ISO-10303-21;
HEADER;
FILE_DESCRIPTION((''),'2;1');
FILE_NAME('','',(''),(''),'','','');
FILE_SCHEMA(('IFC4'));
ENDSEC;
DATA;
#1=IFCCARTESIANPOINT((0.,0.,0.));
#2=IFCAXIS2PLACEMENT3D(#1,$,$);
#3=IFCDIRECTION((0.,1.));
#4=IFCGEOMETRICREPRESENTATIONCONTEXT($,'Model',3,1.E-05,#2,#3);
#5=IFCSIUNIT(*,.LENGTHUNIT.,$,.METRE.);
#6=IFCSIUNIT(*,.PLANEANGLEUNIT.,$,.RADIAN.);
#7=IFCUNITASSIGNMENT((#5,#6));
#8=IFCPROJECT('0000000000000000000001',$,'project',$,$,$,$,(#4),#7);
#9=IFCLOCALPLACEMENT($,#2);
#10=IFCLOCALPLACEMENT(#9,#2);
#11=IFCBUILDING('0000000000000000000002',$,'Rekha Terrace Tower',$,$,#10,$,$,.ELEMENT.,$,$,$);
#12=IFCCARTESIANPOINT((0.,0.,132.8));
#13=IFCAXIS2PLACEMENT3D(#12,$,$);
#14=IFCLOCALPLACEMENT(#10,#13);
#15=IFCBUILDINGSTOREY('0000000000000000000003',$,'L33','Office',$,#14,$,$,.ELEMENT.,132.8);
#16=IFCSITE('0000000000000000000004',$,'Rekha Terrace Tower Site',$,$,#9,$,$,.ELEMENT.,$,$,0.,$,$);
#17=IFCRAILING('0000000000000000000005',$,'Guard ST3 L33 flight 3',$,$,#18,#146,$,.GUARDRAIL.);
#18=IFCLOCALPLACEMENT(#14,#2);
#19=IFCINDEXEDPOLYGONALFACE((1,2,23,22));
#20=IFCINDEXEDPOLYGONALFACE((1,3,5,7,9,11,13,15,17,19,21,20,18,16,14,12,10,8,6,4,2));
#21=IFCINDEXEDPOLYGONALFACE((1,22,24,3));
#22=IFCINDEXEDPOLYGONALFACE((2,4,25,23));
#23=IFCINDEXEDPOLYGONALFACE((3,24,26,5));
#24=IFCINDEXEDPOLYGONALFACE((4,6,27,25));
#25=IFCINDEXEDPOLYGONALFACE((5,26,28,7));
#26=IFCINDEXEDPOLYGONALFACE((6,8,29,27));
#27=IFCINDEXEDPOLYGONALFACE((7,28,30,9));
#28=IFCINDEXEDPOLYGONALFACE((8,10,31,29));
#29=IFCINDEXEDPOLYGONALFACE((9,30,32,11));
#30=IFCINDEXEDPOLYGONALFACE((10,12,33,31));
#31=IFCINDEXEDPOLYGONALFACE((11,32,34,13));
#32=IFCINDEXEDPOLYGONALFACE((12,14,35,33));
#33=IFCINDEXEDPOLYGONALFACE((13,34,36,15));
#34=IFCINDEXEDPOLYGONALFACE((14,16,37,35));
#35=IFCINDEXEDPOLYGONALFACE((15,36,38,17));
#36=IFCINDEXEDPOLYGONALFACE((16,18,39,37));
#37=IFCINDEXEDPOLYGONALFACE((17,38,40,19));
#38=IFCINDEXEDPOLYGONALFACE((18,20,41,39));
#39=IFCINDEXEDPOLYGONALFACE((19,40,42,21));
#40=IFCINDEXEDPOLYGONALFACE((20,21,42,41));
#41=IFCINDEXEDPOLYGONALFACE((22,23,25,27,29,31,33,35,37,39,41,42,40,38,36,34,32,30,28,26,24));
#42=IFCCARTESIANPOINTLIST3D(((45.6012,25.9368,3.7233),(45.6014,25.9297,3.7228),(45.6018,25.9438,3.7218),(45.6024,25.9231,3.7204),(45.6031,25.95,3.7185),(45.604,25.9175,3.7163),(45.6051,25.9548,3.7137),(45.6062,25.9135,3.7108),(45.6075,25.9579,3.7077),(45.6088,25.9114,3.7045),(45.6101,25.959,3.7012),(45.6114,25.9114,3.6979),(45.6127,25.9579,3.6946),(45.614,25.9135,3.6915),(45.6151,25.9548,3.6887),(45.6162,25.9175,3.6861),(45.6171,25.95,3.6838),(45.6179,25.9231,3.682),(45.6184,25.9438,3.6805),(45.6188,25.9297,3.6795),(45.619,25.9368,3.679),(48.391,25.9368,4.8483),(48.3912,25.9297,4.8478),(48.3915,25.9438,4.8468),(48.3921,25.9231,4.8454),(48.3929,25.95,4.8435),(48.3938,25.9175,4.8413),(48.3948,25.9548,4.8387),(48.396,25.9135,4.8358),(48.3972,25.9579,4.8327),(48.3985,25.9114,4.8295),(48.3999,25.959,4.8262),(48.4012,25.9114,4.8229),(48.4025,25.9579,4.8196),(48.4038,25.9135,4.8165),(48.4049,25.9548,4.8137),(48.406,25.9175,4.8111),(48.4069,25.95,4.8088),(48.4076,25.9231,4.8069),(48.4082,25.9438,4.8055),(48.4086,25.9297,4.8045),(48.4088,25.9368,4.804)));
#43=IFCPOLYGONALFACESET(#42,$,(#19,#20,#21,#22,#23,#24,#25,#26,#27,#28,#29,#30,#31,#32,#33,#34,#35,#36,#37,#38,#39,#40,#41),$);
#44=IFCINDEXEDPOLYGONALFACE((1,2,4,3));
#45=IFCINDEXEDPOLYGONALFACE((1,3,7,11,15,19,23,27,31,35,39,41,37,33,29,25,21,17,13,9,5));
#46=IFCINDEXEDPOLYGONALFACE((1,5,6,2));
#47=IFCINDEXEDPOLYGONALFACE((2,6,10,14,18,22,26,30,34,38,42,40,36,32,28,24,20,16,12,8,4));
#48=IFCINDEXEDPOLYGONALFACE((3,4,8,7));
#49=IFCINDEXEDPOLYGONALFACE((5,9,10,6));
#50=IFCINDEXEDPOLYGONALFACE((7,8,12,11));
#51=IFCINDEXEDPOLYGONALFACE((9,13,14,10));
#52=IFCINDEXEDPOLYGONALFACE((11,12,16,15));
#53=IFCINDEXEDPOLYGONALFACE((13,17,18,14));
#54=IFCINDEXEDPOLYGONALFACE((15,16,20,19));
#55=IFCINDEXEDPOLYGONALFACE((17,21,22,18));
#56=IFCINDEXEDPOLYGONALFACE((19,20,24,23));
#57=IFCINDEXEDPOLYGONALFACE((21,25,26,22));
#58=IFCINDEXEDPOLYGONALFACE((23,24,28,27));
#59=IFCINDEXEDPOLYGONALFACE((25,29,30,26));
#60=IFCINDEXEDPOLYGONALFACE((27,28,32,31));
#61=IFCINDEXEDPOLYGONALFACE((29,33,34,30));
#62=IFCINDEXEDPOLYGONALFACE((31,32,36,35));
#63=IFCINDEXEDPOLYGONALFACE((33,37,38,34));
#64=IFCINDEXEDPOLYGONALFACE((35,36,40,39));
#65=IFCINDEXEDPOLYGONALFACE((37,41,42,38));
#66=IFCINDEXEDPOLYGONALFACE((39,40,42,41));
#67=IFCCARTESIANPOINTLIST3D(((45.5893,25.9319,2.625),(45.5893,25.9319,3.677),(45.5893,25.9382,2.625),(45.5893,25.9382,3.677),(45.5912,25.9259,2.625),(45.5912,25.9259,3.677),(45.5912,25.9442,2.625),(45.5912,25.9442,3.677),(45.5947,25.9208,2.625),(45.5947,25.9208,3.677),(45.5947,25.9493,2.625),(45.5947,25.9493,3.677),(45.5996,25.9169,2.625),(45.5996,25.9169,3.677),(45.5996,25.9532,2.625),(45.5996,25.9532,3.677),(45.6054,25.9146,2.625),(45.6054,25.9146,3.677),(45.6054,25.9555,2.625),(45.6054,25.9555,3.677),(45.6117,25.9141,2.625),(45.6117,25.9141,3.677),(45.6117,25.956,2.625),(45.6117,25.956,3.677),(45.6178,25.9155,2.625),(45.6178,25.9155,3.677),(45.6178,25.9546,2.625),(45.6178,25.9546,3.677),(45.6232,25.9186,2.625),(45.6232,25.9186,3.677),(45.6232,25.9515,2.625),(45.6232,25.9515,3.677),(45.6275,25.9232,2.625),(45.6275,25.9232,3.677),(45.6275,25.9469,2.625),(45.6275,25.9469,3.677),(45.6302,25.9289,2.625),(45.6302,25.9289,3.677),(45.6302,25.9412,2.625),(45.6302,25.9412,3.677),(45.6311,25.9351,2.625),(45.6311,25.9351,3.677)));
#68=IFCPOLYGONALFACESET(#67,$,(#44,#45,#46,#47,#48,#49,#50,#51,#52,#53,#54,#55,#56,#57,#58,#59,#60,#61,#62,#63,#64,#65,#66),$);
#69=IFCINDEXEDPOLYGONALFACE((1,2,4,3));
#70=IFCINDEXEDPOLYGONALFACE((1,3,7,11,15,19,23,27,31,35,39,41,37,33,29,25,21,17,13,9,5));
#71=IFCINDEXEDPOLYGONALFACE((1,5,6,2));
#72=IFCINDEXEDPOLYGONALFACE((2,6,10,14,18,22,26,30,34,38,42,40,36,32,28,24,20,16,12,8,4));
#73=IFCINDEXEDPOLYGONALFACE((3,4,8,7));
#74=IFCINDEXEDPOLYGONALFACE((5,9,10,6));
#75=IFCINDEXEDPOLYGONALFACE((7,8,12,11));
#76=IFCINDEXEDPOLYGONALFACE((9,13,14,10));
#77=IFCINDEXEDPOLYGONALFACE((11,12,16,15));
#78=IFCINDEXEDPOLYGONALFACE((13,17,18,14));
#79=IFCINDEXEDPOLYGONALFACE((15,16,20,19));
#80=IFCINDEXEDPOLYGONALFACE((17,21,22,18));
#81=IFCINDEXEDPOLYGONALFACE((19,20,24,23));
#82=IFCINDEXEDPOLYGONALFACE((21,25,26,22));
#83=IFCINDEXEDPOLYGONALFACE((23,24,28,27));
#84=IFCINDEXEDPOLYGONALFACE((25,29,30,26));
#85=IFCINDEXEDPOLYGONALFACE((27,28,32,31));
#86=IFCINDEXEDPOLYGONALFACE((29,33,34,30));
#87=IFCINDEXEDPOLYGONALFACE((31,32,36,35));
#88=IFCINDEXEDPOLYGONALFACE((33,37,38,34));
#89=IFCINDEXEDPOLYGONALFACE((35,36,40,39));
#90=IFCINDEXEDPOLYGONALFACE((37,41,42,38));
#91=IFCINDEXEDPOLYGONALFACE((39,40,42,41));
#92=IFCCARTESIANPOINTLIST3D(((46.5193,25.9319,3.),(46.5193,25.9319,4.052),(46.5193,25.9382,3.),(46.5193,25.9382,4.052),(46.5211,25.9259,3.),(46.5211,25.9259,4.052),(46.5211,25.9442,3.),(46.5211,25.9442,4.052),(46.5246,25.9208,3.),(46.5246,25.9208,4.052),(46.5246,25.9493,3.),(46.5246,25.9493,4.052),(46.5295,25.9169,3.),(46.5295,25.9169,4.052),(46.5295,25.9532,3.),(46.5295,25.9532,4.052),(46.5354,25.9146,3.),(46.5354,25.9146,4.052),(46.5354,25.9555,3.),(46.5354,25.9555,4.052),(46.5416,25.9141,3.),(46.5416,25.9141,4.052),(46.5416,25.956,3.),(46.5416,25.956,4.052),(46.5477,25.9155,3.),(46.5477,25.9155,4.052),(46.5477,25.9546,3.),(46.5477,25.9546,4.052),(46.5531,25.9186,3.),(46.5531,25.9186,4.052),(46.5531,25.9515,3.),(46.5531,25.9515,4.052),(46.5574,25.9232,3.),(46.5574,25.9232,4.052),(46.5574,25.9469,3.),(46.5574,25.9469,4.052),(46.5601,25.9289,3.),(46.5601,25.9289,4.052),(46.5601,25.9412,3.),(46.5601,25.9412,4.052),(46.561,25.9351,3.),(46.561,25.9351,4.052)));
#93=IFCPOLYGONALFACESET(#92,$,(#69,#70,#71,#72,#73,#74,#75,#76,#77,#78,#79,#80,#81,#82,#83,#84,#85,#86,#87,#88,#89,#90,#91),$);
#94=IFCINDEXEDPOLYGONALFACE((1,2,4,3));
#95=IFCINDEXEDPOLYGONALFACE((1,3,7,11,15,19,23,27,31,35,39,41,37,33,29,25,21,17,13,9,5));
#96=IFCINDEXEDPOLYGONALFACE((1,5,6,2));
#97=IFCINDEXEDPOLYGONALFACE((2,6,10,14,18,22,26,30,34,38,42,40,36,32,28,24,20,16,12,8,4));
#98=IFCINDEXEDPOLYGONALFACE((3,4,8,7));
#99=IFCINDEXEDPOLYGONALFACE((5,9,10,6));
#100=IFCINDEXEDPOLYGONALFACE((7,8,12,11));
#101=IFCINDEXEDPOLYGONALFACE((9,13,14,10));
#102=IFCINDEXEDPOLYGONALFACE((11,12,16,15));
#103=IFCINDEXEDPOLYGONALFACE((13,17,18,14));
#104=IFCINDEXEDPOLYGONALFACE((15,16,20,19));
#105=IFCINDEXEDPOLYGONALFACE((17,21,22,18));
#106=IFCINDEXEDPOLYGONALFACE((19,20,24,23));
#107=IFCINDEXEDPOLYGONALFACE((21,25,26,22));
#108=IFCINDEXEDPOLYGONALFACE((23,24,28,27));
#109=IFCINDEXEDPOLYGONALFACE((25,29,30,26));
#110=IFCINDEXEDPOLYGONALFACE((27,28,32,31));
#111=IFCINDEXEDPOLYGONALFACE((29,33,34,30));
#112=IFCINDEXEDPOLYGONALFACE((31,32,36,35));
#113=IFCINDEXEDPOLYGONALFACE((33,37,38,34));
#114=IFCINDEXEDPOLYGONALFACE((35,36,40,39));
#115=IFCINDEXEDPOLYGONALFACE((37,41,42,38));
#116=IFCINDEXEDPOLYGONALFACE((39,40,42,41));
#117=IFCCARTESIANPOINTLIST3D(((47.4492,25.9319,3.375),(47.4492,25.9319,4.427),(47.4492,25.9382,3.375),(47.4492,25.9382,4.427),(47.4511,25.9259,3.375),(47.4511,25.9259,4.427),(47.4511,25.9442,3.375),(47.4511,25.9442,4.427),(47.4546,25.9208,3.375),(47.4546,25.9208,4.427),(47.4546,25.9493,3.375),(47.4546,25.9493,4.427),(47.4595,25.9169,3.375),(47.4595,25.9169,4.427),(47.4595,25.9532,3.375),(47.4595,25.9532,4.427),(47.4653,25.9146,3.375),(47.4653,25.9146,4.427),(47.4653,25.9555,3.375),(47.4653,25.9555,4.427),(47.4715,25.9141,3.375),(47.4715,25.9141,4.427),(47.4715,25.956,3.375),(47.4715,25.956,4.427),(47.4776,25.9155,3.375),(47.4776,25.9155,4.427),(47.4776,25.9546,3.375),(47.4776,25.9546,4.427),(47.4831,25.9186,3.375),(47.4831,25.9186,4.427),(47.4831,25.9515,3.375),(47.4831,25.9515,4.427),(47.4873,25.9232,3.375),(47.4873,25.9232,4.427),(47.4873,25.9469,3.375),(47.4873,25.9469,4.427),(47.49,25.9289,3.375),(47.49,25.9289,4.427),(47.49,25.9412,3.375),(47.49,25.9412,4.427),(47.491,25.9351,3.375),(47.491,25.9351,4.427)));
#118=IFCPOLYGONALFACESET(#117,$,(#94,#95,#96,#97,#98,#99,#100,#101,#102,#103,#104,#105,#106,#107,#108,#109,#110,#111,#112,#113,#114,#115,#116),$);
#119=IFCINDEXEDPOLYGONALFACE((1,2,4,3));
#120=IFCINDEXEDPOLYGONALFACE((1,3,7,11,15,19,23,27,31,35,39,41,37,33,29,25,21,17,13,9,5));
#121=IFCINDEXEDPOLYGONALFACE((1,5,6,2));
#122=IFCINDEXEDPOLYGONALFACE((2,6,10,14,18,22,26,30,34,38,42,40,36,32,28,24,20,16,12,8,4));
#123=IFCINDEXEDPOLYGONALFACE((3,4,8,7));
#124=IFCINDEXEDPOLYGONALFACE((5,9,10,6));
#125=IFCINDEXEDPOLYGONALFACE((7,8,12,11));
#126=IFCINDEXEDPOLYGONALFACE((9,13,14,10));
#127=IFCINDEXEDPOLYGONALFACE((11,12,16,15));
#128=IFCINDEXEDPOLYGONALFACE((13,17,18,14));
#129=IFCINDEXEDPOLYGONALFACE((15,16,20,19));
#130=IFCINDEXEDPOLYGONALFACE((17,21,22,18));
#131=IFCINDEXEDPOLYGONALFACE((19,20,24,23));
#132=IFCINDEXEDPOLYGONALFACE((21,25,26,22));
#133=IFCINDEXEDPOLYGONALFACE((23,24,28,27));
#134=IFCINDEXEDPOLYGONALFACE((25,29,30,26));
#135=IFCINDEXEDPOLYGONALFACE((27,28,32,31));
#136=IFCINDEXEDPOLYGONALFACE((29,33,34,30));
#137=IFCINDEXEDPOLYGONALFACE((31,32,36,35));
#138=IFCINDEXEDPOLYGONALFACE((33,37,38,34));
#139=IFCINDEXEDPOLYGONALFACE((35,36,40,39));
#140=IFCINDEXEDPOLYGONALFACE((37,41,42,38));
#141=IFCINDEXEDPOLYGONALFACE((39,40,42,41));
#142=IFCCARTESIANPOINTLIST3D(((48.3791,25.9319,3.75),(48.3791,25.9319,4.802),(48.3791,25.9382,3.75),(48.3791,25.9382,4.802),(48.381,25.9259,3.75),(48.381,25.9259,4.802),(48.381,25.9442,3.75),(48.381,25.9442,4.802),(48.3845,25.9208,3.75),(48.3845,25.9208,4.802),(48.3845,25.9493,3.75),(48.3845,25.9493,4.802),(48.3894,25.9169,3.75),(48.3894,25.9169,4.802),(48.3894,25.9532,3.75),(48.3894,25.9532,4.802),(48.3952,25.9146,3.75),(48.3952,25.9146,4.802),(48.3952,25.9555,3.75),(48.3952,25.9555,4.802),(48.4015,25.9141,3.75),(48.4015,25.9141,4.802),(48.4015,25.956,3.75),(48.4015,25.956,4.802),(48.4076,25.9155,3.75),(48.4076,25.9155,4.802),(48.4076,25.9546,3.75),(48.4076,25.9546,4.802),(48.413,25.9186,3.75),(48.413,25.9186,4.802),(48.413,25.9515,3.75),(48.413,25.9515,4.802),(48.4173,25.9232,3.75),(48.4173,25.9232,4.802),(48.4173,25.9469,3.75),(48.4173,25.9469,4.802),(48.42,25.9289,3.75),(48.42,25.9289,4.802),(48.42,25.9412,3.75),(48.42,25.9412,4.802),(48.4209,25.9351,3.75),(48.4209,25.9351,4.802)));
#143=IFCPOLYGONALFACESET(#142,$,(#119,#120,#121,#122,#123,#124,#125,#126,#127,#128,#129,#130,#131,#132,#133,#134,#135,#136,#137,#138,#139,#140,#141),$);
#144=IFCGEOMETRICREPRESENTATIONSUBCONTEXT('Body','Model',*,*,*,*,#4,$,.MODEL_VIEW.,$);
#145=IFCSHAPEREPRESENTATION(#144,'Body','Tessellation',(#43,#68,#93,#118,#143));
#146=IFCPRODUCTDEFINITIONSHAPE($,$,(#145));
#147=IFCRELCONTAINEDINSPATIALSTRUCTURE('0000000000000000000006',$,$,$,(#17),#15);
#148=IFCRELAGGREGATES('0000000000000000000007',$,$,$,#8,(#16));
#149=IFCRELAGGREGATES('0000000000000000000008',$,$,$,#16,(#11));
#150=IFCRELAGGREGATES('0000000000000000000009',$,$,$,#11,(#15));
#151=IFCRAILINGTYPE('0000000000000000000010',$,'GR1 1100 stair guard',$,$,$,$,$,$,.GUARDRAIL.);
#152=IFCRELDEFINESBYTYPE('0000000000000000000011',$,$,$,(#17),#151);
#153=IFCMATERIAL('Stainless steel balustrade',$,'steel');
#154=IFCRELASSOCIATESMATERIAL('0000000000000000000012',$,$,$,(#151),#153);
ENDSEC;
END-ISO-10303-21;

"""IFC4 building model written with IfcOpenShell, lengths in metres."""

from ifc_helpers import new_model, si_unit, direction, frame, origin, origin_2d, place, context, subcontext, project, spatial, circle, extrude, material, type_object, element, save


model = new_model("IFC4")

# Units and contexts
model_context = context("Model", 3, precision=1e-05, world=origin(), true_north=direction((0.0, 1.0)))
body_context = subcontext(model_context, "Body", "Model", "MODEL_VIEW")
ifc_project = project(units=[si_unit("LENGTHUNIT", "METRE"), si_unit("PLANEANGLEUNIT", "RADIAN")], contexts=[model_context])

# Site, building, storey
site_placement = place(None, origin())
site = spatial("IfcSite", under=ifc_project, at=site_placement, Name="Rekha Terrace Tower Site", CompositionType="ELEMENT", RefElevation=0.0)
building_placement = place(site_placement, origin())
building = spatial("IfcBuilding", under=site, at=building_placement, Name="Rekha Terrace Tower", CompositionType="ELEMENT")
storey_placement = place(building_placement, frame((0.0, 0.0, 132.8)))
storey = spatial("IfcBuildingStorey", under=building, at=storey_placement, Name="L33", Description="Office", CompositionType="ELEMENT", Elevation=132.8)

# Railing
ifc_material_1 = material(Name="Stainless steel balustrade", Category="steel")
railing_type_1 = type_object("IfcRailingType", Name="GR1 1100 stair guard", PredefinedType="GUARDRAIL", material=ifc_material_1)
railing_1_placement = place(storey_placement, frame((45.6101, 25.9351, 2.625)))
element("IfcRailing", 1, at=railing_1_placement, inside=storey, type_object=railing_type_1, Name="Guard ST3 L33 flight 3", PredefinedType="GUARDRAIL", context=body_context, shape_type="SweptSolid", body=[
    extrude(circle(Radius=0.0239, at=origin_2d()), frame((0.0, 0.0, 1.0762), z_axis=(0.927432, 0.0, 0.373992), x_axis=(0.0, 1.0, 0.0)), (0.0, 0.0, 1.0), 3.0081),
    extrude(circle(Radius=0.021, at=origin_2d()), origin(), (0.0, 0.0, 1.0), 1.052),
    extrude(circle(Radius=0.021, at=origin_2d()), frame((0.9299, 0.0, 0.375)), (0.0, 0.0, 1.0), 1.052),
    extrude(circle(Radius=0.021, at=origin_2d()), frame((1.8599, 0.0, 0.75)), (0.0, 0.0, 1.0), 1.052),
    extrude(circle(Radius=0.021, at=origin_2d()), frame((2.7898, 0.0, 1.125)), (0.0, 0.0, 1.0), 1.052),
])

save(model, "model.ifc")
